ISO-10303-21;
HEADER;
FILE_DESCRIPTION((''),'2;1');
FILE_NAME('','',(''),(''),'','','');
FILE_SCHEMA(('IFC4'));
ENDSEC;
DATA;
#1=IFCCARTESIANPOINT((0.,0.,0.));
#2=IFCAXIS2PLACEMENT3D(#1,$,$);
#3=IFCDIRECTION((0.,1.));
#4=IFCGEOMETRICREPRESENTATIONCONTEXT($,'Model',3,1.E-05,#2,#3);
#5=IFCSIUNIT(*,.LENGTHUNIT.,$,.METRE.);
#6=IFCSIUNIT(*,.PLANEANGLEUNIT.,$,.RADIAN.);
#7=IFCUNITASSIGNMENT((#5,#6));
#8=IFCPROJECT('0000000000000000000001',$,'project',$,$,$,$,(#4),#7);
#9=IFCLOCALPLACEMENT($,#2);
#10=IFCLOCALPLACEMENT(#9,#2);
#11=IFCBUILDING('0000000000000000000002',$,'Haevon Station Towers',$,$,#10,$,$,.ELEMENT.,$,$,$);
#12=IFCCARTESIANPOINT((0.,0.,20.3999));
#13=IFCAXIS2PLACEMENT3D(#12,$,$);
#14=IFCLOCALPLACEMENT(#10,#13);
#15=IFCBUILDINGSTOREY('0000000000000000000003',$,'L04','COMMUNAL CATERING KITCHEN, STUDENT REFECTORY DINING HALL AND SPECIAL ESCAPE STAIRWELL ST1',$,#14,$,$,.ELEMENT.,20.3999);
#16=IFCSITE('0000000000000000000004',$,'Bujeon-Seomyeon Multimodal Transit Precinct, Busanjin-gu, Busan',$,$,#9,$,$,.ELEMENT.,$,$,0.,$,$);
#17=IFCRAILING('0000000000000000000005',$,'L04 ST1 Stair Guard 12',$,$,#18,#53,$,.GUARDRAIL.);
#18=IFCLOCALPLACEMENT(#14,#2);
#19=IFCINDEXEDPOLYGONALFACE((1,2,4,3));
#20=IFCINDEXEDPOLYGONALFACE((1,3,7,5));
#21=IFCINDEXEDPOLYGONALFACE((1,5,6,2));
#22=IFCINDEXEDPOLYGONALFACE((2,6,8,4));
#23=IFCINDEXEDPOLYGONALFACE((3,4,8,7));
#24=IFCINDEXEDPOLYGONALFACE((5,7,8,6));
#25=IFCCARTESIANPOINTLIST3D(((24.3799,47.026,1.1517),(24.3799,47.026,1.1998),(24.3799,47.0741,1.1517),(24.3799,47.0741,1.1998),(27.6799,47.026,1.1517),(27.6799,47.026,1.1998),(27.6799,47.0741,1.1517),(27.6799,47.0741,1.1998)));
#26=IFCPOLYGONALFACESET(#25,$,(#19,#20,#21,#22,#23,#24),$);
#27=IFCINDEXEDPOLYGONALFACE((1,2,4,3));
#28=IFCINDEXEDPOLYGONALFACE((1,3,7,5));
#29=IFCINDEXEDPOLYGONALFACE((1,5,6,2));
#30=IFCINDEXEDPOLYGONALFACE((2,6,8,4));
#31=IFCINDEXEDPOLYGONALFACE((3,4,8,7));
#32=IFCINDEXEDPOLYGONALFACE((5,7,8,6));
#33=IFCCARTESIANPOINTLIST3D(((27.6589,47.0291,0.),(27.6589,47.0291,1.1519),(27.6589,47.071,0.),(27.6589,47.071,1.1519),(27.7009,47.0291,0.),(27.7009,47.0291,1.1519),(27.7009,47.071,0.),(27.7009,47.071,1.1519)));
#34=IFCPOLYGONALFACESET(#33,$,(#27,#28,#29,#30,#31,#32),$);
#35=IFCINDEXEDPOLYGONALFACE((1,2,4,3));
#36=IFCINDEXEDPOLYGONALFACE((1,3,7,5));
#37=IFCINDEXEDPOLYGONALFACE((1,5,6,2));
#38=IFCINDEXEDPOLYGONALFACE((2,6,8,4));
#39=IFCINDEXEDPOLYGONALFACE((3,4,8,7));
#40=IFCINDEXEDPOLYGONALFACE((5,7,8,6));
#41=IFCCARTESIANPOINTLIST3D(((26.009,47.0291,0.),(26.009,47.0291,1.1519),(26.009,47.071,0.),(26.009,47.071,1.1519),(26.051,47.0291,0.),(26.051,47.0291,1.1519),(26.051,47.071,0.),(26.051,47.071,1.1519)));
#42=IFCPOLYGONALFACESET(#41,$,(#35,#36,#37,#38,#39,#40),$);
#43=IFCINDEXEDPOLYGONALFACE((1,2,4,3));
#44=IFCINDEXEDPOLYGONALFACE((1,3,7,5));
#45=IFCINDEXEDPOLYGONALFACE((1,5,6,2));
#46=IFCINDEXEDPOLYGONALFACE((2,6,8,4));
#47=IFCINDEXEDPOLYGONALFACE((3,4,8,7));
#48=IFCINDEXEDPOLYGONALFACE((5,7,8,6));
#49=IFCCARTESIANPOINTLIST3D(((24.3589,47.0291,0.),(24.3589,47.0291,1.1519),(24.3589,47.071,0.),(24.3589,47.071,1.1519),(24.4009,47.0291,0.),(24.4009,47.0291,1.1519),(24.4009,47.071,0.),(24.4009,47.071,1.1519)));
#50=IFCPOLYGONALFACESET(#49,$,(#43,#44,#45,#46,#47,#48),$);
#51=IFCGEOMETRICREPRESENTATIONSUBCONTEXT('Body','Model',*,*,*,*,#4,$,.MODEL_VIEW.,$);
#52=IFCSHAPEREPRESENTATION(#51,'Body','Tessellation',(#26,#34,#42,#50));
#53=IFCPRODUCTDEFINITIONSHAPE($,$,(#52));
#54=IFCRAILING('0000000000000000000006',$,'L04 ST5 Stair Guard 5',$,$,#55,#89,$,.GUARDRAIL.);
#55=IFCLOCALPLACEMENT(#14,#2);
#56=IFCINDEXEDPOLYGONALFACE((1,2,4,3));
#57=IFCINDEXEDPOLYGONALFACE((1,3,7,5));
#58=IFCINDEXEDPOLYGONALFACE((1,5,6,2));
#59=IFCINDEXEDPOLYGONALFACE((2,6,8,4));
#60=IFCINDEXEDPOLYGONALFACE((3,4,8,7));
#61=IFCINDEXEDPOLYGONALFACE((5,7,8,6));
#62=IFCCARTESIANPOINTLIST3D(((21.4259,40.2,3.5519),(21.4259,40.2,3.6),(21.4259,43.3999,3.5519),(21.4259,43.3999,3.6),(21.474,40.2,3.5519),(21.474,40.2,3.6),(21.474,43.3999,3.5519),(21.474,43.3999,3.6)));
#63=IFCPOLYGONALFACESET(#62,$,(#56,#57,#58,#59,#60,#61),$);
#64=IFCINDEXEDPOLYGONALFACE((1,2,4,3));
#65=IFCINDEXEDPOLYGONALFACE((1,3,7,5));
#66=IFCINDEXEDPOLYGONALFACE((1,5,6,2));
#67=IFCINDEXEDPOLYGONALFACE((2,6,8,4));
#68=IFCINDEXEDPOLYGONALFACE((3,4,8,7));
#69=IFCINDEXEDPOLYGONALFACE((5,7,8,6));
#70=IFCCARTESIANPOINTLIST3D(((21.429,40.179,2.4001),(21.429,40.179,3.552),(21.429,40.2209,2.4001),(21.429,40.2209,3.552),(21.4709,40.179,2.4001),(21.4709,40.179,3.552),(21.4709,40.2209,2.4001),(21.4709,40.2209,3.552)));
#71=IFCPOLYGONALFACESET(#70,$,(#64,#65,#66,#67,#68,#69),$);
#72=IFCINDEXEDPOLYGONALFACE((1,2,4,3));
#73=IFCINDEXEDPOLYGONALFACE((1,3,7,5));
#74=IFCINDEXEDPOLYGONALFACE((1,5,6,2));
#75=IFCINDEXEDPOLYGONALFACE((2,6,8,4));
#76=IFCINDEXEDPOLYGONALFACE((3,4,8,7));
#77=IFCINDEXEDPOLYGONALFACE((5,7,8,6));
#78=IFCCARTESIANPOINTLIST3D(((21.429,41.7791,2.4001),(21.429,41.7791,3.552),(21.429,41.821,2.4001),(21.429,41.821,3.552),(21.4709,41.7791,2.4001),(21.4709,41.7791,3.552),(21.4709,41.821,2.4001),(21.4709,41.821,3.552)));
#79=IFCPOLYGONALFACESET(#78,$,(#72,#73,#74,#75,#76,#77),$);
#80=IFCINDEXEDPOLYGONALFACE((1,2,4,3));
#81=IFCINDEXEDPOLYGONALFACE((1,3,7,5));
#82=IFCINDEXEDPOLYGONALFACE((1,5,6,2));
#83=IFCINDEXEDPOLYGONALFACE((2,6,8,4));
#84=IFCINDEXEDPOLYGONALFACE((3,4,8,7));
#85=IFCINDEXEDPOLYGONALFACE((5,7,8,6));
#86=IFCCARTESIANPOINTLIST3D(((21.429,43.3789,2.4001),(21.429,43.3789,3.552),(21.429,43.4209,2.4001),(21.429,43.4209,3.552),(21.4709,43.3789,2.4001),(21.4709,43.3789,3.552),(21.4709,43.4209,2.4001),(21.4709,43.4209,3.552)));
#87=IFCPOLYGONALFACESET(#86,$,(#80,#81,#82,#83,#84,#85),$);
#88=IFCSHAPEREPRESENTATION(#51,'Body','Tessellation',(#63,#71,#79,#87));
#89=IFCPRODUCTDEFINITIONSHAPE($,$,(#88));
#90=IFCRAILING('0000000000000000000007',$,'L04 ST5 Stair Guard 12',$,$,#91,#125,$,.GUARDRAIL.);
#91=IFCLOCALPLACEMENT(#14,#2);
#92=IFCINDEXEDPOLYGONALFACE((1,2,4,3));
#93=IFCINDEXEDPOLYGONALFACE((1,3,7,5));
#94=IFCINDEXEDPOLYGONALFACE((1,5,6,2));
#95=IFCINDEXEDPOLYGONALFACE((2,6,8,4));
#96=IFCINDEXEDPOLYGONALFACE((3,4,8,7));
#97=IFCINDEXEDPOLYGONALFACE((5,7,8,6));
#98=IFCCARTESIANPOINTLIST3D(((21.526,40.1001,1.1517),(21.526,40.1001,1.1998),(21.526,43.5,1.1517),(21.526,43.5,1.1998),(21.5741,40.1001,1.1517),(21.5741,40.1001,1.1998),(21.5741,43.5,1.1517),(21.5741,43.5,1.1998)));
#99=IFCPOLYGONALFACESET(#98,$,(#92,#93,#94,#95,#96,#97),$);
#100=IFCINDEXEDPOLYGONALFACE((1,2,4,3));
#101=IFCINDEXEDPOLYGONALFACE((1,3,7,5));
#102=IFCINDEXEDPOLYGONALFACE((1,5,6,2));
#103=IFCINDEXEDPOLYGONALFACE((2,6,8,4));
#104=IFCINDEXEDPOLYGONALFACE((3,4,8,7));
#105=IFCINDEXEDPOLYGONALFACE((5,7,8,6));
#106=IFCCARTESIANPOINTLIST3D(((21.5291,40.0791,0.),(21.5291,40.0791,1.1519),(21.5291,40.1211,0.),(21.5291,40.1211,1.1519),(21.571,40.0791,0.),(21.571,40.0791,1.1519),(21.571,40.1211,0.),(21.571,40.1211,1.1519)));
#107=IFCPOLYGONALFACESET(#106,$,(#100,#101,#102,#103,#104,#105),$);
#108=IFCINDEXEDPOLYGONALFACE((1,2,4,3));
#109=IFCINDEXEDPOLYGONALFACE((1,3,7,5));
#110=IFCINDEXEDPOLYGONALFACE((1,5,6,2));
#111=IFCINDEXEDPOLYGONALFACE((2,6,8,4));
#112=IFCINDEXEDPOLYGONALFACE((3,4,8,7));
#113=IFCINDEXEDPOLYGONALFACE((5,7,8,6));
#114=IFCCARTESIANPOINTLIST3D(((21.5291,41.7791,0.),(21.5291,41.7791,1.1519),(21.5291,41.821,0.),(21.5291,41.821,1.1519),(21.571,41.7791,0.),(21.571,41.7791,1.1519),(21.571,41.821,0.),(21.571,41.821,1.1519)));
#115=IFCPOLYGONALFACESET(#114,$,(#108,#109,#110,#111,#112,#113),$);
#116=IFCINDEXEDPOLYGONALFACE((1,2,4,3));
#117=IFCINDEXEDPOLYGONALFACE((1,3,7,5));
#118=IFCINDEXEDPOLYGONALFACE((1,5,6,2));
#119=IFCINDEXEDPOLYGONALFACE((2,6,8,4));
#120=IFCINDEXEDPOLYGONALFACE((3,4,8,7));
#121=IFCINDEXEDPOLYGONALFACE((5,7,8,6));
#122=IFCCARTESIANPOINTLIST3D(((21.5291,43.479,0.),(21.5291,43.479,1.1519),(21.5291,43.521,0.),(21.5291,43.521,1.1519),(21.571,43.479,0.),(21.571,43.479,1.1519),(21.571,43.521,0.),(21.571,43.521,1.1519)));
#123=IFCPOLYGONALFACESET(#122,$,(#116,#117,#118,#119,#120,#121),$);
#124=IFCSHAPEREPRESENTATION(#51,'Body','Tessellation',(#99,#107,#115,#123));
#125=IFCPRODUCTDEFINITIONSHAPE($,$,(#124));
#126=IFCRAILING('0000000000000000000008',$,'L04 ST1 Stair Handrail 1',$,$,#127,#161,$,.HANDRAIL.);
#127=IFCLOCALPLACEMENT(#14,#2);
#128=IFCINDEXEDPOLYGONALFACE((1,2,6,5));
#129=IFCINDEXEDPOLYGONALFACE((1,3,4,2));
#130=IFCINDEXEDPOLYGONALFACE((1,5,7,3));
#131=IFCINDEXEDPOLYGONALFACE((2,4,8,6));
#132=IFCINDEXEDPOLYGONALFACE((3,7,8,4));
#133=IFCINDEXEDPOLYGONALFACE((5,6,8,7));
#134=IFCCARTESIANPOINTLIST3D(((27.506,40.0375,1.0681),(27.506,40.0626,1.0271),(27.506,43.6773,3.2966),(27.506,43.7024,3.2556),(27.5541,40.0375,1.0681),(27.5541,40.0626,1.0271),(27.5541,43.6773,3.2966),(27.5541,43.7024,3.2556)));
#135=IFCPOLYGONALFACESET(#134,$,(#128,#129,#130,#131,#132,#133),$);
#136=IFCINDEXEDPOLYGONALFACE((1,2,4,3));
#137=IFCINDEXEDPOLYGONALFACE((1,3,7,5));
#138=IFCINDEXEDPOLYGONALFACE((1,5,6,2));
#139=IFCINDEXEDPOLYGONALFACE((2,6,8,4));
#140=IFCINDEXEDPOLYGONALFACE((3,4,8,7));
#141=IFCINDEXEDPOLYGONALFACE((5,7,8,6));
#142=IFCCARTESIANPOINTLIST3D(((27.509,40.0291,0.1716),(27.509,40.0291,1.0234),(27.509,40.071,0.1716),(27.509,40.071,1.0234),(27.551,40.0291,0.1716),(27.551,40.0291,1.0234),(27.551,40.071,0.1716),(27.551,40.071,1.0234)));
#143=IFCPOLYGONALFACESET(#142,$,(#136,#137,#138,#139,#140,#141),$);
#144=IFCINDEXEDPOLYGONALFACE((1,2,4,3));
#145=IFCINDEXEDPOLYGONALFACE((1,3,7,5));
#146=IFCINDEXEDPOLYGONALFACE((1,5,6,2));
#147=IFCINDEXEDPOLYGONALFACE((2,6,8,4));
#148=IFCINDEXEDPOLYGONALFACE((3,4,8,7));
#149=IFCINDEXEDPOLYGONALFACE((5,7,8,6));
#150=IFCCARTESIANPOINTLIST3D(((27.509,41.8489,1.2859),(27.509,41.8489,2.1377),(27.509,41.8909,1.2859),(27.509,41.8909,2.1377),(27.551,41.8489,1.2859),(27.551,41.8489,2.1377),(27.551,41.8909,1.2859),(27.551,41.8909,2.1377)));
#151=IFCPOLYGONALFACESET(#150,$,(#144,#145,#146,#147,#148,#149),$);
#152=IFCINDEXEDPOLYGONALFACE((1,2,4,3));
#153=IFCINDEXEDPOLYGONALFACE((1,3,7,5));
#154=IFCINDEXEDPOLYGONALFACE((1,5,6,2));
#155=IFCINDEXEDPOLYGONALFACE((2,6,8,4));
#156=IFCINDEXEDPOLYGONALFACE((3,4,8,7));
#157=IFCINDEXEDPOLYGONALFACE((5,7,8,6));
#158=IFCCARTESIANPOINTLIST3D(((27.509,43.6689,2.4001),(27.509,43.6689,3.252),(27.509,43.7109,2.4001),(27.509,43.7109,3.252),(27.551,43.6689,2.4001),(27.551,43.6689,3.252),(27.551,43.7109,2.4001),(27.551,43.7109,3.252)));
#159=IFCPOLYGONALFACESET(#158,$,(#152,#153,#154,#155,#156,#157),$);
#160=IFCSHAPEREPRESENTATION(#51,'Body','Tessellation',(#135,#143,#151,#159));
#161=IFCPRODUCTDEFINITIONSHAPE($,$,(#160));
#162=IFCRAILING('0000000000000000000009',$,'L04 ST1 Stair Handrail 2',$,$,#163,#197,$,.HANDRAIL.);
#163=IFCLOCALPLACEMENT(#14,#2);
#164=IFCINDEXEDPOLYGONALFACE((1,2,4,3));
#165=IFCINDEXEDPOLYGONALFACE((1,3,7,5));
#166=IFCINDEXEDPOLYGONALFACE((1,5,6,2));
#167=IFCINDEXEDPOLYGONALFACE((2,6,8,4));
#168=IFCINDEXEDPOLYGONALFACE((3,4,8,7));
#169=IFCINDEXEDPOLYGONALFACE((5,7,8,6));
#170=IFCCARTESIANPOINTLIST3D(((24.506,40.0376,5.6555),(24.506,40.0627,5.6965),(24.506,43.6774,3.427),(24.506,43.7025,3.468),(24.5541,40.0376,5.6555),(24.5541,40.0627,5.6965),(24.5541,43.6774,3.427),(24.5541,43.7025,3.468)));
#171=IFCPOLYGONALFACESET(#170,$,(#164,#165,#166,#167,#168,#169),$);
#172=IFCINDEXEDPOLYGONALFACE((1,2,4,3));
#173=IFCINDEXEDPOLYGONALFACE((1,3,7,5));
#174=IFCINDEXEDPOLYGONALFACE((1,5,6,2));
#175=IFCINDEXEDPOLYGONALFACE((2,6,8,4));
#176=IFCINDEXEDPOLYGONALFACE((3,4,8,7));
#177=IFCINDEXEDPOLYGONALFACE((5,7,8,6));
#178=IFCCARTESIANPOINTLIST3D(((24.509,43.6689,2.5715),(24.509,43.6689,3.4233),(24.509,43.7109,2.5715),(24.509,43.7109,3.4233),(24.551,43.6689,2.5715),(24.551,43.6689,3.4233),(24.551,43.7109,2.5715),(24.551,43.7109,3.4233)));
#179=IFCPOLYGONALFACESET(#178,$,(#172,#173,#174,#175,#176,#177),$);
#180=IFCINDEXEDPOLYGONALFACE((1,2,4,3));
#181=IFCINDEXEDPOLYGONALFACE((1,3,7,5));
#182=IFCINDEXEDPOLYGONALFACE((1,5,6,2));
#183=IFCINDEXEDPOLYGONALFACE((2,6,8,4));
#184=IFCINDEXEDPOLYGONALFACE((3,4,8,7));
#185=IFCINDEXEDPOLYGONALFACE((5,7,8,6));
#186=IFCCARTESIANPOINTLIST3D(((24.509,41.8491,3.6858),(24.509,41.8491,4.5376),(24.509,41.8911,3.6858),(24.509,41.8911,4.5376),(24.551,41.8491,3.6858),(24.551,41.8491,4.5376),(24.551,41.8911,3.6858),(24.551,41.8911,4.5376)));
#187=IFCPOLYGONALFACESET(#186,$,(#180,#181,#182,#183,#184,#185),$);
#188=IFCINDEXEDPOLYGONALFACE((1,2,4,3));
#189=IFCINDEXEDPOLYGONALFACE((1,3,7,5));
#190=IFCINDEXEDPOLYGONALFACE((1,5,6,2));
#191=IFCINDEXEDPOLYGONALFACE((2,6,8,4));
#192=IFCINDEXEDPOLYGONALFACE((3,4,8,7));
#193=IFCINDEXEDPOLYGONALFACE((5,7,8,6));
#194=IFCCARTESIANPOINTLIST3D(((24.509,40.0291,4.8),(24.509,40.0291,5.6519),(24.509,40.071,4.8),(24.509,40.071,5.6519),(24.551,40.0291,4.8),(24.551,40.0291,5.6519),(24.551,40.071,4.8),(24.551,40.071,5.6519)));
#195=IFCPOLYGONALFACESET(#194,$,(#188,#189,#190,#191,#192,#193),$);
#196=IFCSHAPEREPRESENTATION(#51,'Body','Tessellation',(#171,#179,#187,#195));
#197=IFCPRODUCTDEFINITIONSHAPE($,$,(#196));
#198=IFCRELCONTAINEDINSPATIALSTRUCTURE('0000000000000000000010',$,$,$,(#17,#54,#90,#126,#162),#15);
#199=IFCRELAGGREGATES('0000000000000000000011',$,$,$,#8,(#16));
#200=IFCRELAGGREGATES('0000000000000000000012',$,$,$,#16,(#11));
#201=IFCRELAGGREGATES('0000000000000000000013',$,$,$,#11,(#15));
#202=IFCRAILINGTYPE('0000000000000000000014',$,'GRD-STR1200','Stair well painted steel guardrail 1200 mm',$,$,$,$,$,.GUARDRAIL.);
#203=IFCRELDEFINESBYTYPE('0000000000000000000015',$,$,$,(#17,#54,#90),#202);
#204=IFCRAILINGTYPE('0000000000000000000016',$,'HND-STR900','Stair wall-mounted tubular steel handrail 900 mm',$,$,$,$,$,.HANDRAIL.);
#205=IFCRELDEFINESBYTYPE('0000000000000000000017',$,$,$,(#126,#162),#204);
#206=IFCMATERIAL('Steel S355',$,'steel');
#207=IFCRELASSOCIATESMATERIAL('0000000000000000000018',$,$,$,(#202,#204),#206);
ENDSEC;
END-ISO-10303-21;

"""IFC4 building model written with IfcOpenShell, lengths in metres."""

from ifc_helpers import new_model, si_unit, direction, frame, origin, origin_2d, place, context, subcontext, project, spatial, rectangle, extrude, material, type_object, element, save


model = new_model("IFC4")

# Units and contexts
model_context = context("Model", 3, precision=1e-05, world=origin(), true_north=direction((0.0, 1.0)))
body_context = subcontext(model_context, "Body", "Model", "MODEL_VIEW")
ifc_project = project(units=[si_unit("LENGTHUNIT", "METRE"), si_unit("PLANEANGLEUNIT", "RADIAN")], contexts=[model_context])

# Site, building, storey
site_placement = place(None, origin())
site = spatial("IfcSite", under=ifc_project, at=site_placement, Name="Bujeon-Seomyeon Multimodal Transit Precinct, Busanjin-gu, Busan", CompositionType="ELEMENT", RefElevation=0.0)
building_placement = place(site_placement, origin())
building = spatial("IfcBuilding", under=site, at=building_placement, Name="Haevon Station Towers", CompositionType="ELEMENT")
storey_placement = place(building_placement, frame((0.0, 0.0, 20.3999)))
storey = spatial("IfcBuildingStorey", under=building, at=storey_placement, Name="L04", Description="COMMUNAL CATERING KITCHEN, STUDENT REFECTORY DINING HALL AND SPECIAL ESCAPE STAIRWELL ST1", CompositionType="ELEMENT", Elevation=20.3999)

# Shared definitions
ifc_material_1 = material(Name="Steel S355", Category="steel")

# Railings
railing_type_1 = type_object("IfcRailingType", Name="GRD-STR1200", Description="Stair well painted steel guardrail 1200 mm", PredefinedType="GUARDRAIL", material=ifc_material_1)
railing_1_placement = place(storey_placement, frame((27.6799, 47.05, 0.0)))
element("IfcRailing", 1, at=railing_1_placement, inside=storey, type_object=railing_type_1, Name="L04 ST1 Stair Guard 12", PredefinedType="GUARDRAIL", context=body_context, shape_type="SweptSolid", body=[
    extrude(rectangle(XDim=0.0481, YDim=0.0481, at=origin_2d()), frame((0.0, 0.0, 1.1758), z_axis=(-1.0, 0.0, 0.0), x_axis=(0.0, -1.0, 0.0)), (0.0, 0.0, 1.0), 3.3),
    extrude(rectangle(XDim=0.042, YDim=0.042, at=origin_2d()), origin(), (0.0, 0.0, 1.0), 1.1519),
    extrude(rectangle(XDim=0.042, YDim=0.042, at=origin_2d()), frame((-1.6499, 0.0, 0.0)), (0.0, 0.0, 1.0), 1.1519),
    extrude(rectangle(XDim=0.042, YDim=0.042, at=origin_2d()), frame((-3.3, 0.0, 0.0)), (0.0, 0.0, 1.0), 1.1519),
])
railing_2_placement = place(storey_placement, frame((21.45, 40.2, 2.4001)))
element("IfcRailing", 2, at=railing_2_placement, inside=storey, type_object=railing_type_1, Name="L04 ST5 Stair Guard 5", PredefinedType="GUARDRAIL", context=body_context, shape_type="SweptSolid", body=[
    extrude(rectangle(XDim=0.0481, YDim=0.0481, at=origin_2d()), frame((0.0, 0.0, 1.1758), z_axis=(0.0, 1.0, 0.0), x_axis=(-1.0, 0.0, 0.0)), (0.0, 0.0, 1.0), 3.2),
    extrude(rectangle(XDim=0.042, YDim=0.042, at=origin_2d()), origin(), (0.0, 0.0, 1.0), 1.1519),
    extrude(rectangle(XDim=0.042, YDim=0.042, at=origin_2d()), frame((0.0, 1.6001, 0.0)), (0.0, 0.0, 1.0), 1.1519),
    extrude(rectangle(XDim=0.042, YDim=0.042, at=origin_2d()), frame((0.0, 3.2, 0.0)), (0.0, 0.0, 1.0), 1.1519),
])
railing_3_placement = place(storey_placement, frame((21.55, 40.1001, 0.0)))
element("IfcRailing", 3, at=railing_3_placement, inside=storey, type_object=railing_type_1, Name="L04 ST5 Stair Guard 12", PredefinedType="GUARDRAIL", context=body_context, shape_type="SweptSolid", body=[
    extrude(rectangle(XDim=0.0481, YDim=0.0481, at=origin_2d()), frame((0.0, 0.0, 1.1758), z_axis=(0.0, 1.0, 0.0), x_axis=(-1.0, 0.0, 0.0)), (0.0, 0.0, 1.0), 3.3999),
    extrude(rectangle(XDim=0.042, YDim=0.042, at=origin_2d()), origin(), (0.0, 0.0, 1.0), 1.1519),
    extrude(rectangle(XDim=0.042, YDim=0.042, at=origin_2d()), frame((0.0, 1.7, 0.0)), (0.0, 0.0, 1.0), 1.1519),
    extrude(rectangle(XDim=0.042, YDim=0.042, at=origin_2d()), frame((0.0, 3.3999, 0.0)), (0.0, 0.0, 1.0), 1.1519),
])
railing_type_2 = type_object("IfcRailingType", Name="HND-STR900", Description="Stair wall-mounted tubular steel handrail 900 mm", PredefinedType="HANDRAIL", material=ifc_material_1)
railing_4_placement = place(storey_placement, frame((27.53, 40.05, 0.1716)))
element("IfcRailing", 4, at=railing_4_placement, inside=storey, type_object=railing_type_2, Name="L04 ST1 Stair Handrail 1", PredefinedType="HANDRAIL", context=body_context, shape_type="SweptSolid", body=[
    extrude(rectangle(XDim=0.0481, YDim=0.0481, at=origin_2d()), frame((0.0, 0.0, 0.876), z_axis=(0.0, 0.85285, 0.522156), x_axis=(-1.0, 0.0, 0.0)), (0.0, 0.0, 1.0), 4.2678),
    extrude(rectangle(XDim=0.042, YDim=0.042, at=origin_2d()), origin(), (0.0, 0.0, 1.0), 0.8518),
    extrude(rectangle(XDim=0.042, YDim=0.042, at=origin_2d()), frame((0.0, 1.8198, 1.1143)), (0.0, 0.0, 1.0), 0.8518),
    extrude(rectangle(XDim=0.042, YDim=0.042, at=origin_2d()), frame((0.0, 3.6399, 2.2285)), (0.0, 0.0, 1.0), 0.8518),
])
railing_5_placement = place(storey_placement, frame((24.53, 43.6899, 2.5715)))
element("IfcRailing", 5, at=railing_5_placement, inside=storey, type_object=railing_type_2, Name="L04 ST1 Stair Handrail 2", PredefinedType="HANDRAIL", context=body_context, shape_type="SweptSolid", body=[
    extrude(rectangle(XDim=0.0481, YDim=0.0481, at=origin_2d()), frame((0.0, 0.0, 0.876), z_axis=(0.0, -0.85285, 0.522156), x_axis=(1.0, 0.0, 0.0)), (0.0, 0.0, 1.0), 4.2678),
    extrude(rectangle(XDim=0.042, YDim=0.042, at=origin_2d()), origin(), (0.0, 0.0, 1.0), 0.8518),
    extrude(rectangle(XDim=0.042, YDim=0.042, at=origin_2d()), frame((0.0, -1.8198, 1.1143)), (0.0, 0.0, 1.0), 0.8518),
    extrude(rectangle(XDim=0.042, YDim=0.042, at=origin_2d()), frame((0.0, -3.6399, 2.2285)), (0.0, 0.0, 1.0), 0.8518),
])

save(model, "model.ifc")
